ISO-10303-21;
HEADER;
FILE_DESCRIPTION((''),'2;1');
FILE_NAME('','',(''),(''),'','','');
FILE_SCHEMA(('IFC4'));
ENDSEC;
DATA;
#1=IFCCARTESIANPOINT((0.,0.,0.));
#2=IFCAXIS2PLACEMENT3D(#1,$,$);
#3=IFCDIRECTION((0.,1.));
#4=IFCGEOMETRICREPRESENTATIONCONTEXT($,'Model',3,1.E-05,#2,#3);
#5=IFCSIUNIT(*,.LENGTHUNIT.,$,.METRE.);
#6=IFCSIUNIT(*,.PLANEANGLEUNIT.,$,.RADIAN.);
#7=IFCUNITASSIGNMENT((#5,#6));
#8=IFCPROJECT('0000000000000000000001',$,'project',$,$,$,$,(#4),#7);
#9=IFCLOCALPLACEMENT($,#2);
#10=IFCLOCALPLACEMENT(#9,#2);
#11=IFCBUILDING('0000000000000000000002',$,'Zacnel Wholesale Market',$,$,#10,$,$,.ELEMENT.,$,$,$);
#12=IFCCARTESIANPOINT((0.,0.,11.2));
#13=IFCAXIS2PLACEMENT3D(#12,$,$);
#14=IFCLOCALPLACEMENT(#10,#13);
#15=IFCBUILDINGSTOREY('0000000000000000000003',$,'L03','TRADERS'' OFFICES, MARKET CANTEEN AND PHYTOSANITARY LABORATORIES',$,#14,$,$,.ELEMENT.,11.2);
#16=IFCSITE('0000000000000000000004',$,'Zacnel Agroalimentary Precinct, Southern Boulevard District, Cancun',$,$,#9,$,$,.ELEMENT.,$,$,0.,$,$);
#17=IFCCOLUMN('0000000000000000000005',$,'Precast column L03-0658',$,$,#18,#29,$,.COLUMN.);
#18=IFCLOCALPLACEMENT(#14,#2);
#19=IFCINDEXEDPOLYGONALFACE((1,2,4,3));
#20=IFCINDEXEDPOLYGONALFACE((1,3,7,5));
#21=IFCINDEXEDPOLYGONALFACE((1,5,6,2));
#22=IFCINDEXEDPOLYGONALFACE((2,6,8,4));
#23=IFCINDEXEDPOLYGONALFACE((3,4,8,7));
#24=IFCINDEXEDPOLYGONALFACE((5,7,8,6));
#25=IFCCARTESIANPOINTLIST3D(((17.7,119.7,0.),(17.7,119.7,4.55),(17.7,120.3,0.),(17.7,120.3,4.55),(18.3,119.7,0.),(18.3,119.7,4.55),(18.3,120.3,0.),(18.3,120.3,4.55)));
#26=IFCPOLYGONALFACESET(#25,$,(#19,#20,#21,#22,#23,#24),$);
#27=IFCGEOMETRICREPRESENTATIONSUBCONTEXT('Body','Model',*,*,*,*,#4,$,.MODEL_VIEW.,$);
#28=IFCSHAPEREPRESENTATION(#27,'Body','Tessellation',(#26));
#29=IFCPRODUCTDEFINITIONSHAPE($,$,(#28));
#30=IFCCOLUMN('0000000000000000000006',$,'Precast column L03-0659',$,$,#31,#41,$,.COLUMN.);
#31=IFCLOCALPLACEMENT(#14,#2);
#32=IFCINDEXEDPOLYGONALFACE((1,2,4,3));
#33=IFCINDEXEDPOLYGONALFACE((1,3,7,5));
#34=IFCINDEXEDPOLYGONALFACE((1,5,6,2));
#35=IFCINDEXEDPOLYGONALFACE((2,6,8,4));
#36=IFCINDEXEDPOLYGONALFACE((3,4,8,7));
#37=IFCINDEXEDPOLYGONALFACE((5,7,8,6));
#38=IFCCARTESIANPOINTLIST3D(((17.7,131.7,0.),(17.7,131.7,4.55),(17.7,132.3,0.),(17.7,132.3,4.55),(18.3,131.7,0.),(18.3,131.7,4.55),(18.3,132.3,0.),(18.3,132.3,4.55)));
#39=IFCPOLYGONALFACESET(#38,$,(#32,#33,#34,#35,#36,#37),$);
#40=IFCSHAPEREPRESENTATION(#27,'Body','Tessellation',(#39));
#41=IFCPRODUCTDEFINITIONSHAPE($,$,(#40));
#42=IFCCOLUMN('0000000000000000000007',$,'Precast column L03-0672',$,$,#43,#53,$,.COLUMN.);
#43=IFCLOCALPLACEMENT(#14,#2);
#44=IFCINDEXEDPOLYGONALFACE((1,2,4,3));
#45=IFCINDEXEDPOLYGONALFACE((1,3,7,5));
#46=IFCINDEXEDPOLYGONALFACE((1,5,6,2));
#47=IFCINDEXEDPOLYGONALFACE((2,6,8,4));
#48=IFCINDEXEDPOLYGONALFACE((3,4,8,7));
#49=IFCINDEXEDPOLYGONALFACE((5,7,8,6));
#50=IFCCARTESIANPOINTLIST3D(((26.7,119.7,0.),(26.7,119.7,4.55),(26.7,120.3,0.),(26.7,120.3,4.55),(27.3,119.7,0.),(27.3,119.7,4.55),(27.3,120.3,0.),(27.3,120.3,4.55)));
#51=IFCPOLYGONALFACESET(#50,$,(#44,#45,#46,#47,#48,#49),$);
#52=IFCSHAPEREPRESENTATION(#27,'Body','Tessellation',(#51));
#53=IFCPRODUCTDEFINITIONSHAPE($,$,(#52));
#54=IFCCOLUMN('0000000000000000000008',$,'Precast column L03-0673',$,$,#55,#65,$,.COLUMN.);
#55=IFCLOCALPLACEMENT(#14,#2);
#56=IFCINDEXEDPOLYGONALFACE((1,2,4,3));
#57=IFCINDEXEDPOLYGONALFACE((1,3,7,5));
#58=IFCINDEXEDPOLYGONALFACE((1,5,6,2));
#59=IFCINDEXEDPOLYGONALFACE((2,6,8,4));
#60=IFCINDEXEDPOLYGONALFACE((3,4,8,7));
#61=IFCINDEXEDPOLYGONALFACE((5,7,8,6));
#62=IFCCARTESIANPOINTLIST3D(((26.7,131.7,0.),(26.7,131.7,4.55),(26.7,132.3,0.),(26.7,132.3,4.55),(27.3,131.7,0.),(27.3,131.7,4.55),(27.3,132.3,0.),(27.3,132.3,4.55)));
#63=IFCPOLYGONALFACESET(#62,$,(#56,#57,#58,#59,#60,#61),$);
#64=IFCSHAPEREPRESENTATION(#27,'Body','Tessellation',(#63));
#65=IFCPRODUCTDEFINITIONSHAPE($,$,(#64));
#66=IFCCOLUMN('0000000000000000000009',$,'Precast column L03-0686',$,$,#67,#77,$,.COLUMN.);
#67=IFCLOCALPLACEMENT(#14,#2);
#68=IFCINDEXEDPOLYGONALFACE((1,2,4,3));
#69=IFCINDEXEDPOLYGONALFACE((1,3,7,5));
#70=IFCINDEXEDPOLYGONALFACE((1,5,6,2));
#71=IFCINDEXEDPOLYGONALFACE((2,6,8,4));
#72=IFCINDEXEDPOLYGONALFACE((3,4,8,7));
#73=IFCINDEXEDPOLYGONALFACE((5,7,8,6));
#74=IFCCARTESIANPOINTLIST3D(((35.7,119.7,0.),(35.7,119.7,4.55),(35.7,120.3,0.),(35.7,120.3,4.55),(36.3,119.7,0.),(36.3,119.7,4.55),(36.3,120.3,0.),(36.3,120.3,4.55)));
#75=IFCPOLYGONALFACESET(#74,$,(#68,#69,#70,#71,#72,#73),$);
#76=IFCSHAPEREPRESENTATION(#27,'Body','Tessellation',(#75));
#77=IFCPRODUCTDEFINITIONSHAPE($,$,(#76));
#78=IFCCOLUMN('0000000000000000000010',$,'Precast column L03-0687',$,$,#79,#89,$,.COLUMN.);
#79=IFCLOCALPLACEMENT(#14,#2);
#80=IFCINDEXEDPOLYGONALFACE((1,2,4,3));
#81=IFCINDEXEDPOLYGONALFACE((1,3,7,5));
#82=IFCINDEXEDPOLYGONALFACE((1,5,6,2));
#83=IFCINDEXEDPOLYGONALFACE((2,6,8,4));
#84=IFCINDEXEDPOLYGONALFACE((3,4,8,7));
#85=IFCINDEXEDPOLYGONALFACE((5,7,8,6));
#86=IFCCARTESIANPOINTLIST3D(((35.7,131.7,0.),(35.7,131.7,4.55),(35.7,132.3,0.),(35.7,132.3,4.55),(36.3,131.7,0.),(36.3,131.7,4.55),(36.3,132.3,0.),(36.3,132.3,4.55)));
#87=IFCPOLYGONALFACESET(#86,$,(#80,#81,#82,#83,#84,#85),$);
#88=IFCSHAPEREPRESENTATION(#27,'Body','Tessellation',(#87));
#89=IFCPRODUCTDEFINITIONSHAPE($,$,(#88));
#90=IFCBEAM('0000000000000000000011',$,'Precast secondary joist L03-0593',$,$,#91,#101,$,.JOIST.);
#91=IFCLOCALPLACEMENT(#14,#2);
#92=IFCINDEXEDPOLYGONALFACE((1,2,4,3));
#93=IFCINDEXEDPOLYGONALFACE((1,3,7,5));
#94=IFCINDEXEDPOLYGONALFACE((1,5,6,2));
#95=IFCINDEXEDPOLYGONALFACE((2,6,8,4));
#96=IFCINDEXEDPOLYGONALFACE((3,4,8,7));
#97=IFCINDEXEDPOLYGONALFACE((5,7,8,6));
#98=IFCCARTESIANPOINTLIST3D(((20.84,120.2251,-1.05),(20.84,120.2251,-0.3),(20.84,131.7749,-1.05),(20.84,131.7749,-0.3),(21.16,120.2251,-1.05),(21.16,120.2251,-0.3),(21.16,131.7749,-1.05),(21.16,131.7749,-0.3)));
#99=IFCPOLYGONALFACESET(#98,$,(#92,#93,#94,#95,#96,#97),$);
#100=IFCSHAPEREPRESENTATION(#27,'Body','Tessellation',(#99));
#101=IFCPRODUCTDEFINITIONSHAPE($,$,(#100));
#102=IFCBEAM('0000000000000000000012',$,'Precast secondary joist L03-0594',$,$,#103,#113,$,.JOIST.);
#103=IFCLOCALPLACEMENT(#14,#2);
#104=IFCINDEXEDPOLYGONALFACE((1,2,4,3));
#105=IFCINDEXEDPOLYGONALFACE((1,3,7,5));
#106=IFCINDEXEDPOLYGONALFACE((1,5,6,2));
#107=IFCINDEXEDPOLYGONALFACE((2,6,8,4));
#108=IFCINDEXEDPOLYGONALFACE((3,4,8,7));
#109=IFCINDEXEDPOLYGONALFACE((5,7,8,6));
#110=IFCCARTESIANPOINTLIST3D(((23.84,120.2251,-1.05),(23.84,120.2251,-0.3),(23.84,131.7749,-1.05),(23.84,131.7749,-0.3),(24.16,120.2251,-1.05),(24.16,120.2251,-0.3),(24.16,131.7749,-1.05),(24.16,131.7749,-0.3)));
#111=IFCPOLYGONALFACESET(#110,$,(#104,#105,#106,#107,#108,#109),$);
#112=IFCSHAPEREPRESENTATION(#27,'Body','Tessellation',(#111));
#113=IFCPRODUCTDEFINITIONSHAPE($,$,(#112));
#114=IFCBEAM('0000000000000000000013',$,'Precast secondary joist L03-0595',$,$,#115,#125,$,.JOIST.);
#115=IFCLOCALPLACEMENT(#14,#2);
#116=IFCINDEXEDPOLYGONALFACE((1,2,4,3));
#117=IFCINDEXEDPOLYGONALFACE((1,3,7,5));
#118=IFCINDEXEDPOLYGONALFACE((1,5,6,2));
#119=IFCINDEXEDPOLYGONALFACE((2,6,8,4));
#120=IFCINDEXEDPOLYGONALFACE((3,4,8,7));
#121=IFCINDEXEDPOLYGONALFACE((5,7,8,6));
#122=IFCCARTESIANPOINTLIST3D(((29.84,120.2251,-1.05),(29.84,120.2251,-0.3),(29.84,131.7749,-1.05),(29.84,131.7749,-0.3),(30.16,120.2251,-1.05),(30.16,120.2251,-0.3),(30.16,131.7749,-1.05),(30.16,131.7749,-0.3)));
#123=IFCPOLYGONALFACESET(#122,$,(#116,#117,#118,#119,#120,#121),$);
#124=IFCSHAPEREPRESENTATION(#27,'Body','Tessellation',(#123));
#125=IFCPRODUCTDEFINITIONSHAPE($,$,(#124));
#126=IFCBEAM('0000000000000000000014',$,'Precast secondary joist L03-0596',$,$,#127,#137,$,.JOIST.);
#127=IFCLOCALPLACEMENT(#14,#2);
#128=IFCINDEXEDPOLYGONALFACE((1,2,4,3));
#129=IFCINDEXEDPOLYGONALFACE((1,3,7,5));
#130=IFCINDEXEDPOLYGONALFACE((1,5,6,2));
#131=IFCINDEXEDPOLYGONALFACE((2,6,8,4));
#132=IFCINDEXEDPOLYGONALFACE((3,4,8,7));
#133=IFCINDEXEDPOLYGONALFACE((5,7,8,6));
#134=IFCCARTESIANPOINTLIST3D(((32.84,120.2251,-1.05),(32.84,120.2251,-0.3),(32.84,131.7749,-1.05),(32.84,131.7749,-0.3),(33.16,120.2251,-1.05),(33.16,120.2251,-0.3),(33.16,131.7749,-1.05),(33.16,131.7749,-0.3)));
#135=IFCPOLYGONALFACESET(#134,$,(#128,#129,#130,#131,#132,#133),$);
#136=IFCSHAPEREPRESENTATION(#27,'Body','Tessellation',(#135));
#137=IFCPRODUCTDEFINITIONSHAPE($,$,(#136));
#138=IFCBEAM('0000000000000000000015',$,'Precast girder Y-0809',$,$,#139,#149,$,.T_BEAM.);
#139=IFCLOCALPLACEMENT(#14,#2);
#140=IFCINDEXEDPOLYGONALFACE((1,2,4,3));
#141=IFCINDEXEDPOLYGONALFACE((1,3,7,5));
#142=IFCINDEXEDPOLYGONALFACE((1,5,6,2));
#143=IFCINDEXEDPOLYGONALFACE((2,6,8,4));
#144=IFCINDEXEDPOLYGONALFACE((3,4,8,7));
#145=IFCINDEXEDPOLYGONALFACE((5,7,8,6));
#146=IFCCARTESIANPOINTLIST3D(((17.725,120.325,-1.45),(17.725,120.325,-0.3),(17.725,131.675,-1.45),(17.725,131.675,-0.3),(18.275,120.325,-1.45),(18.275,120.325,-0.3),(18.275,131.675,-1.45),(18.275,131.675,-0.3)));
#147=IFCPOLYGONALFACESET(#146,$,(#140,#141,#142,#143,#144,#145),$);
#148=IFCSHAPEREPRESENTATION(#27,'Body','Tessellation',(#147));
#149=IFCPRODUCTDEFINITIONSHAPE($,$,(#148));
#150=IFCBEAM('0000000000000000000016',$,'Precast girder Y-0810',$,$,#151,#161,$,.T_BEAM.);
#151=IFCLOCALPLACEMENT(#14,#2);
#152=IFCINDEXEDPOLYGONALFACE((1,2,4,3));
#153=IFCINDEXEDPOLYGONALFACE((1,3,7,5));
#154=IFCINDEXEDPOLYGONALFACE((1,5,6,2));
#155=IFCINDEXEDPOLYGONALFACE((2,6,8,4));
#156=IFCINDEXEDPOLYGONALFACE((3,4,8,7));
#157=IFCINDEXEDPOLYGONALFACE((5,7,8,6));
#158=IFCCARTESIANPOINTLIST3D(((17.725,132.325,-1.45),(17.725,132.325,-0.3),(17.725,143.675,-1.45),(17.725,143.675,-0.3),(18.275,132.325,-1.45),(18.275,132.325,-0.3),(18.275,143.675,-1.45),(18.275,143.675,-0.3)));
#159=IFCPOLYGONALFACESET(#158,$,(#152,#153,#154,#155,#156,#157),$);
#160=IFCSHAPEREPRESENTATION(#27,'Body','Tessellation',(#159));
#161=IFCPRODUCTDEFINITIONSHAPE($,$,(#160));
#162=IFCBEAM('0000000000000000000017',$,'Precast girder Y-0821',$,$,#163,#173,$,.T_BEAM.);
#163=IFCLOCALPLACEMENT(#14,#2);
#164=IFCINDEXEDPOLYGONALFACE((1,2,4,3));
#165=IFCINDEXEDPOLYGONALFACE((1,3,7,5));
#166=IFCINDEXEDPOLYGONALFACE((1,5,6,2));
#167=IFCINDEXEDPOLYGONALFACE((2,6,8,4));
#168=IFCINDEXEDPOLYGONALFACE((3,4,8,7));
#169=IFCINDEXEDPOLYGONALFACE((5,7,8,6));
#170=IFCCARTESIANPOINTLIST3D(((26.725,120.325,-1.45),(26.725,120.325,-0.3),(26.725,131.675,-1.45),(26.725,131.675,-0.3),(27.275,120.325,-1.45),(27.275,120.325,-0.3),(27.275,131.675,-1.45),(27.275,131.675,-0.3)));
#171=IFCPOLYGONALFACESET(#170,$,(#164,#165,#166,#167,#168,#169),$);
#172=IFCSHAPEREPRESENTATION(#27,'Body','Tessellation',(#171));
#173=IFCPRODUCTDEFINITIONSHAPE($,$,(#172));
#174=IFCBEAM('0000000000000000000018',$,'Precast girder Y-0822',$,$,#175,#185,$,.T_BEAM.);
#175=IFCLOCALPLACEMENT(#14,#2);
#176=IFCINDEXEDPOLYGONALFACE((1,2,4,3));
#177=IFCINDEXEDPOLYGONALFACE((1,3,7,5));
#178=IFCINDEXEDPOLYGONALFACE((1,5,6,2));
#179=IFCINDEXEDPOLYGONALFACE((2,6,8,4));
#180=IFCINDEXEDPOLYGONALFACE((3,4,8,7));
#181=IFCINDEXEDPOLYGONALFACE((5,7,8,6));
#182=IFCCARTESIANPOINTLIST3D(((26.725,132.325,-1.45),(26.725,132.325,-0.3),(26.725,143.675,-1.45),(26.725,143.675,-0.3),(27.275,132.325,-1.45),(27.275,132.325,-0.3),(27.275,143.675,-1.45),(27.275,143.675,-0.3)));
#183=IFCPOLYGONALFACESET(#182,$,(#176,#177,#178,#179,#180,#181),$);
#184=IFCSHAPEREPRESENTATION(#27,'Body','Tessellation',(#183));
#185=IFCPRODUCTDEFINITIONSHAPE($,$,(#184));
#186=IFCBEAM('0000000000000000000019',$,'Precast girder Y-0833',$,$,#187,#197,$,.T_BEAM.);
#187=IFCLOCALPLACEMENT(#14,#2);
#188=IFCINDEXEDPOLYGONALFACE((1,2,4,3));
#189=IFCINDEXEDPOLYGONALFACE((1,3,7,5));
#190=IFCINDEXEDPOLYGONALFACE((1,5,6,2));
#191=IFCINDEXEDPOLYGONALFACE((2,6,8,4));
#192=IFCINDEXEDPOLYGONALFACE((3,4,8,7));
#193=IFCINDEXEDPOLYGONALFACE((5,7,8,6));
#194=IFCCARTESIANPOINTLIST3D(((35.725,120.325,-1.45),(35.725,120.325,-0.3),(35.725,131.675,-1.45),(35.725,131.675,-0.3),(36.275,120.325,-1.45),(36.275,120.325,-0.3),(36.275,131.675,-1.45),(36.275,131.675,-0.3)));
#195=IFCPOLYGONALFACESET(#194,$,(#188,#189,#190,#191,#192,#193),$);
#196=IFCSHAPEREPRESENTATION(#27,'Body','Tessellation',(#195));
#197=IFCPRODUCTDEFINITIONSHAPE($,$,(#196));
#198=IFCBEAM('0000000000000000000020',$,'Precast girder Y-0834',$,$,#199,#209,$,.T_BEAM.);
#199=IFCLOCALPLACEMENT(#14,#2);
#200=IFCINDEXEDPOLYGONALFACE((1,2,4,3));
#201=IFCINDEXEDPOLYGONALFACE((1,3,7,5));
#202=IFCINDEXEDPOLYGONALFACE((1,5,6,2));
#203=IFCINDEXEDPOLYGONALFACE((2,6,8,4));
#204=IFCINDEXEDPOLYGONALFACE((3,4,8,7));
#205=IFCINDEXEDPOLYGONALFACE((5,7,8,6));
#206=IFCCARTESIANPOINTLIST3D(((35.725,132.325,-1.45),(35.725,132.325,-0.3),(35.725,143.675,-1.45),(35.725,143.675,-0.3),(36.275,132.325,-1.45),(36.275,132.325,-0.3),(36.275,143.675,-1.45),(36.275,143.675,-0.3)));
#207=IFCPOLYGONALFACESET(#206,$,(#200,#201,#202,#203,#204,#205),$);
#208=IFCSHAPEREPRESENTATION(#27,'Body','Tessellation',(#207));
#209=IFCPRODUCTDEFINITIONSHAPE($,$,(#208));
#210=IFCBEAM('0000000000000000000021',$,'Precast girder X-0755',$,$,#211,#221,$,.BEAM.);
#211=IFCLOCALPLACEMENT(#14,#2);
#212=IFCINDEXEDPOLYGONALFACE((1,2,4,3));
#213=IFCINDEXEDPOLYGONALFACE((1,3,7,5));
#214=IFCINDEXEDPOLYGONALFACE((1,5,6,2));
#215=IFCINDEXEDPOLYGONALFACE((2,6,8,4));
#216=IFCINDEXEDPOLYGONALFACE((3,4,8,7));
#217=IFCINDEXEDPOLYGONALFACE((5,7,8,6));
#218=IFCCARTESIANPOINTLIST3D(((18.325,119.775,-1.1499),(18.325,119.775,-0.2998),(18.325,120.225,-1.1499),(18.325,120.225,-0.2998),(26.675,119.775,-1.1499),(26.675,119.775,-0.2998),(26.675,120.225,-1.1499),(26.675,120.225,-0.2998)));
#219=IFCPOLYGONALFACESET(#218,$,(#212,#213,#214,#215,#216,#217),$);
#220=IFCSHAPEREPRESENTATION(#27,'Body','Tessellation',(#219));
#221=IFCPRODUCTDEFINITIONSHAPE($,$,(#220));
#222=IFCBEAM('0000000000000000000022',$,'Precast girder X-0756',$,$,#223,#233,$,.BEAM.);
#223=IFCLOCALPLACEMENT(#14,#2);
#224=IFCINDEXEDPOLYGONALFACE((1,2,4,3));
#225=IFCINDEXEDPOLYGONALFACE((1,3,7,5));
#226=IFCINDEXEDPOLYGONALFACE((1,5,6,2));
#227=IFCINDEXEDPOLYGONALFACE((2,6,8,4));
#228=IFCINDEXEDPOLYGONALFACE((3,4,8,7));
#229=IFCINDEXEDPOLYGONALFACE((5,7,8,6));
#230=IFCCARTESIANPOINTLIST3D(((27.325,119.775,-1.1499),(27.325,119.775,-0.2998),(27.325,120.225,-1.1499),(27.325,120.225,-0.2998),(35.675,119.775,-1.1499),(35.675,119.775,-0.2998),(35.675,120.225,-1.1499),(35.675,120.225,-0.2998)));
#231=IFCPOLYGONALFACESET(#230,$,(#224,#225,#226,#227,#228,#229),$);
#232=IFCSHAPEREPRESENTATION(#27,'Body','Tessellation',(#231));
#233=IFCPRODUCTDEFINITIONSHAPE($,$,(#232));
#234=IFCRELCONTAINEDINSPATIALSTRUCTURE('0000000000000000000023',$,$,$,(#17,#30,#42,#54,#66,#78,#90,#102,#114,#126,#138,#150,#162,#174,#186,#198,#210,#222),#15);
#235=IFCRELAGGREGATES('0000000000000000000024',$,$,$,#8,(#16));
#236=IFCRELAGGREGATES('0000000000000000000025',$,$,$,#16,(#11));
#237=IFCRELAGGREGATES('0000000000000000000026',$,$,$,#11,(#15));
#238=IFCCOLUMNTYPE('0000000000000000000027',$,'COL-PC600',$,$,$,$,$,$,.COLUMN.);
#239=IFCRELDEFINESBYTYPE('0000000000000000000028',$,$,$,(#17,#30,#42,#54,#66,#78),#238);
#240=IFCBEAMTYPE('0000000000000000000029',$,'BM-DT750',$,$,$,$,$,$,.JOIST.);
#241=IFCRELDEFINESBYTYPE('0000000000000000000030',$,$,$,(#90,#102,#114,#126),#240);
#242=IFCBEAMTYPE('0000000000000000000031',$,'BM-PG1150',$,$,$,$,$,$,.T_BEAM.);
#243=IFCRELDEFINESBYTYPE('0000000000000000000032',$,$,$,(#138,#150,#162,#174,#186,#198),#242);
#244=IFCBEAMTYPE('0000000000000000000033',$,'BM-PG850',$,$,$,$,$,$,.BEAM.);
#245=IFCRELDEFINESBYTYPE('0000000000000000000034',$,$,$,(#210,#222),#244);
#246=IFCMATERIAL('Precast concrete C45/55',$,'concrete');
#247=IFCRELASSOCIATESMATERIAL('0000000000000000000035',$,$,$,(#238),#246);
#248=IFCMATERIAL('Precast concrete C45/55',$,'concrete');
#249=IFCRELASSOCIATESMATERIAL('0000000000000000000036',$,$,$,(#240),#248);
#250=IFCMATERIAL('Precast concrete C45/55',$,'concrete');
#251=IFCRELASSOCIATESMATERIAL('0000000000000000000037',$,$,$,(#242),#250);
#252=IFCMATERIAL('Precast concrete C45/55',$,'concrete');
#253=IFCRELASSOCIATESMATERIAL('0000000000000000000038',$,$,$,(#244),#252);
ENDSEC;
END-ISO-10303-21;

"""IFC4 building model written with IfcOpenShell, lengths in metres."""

from ifc_helpers import new_model, si_unit, direction, frame, origin, origin_2d, place, context, subcontext, project, spatial, rectangle, extrude, material, material_profile, profile_set, type_object, element, save


model = new_model("IFC4")

# Units and contexts
model_context = context("Model", 3, precision=1e-05, world=origin(), true_north=direction((0.0, 1.0)))
body_context = subcontext(model_context, "Body", "Model", "MODEL_VIEW")
ifc_project = project(units=[si_unit("LENGTHUNIT", "METRE"), si_unit("PLANEANGLEUNIT", "RADIAN")], contexts=[model_context])

# Site, building, storey
site_placement = place(None, origin())
site = spatial("IfcSite", under=ifc_project, at=site_placement, Name="Zacnel Agroalimentary Precinct, Southern Boulevard District, Cancun", CompositionType="ELEMENT", RefElevation=0.0)
building_placement = place(site_placement, origin())
building = spatial("IfcBuilding", under=site, at=building_placement, Name="Zacnel Wholesale Market", CompositionType="ELEMENT")
storey_placement = place(building_placement, frame((0.0, 0.0, 11.2)))
storey = spatial("IfcBuildingStorey", under=building, at=storey_placement, Name="L03", Description="TRADERS' OFFICES, MARKET CANTEEN AND PHYTOSANITARY LABORATORIES", CompositionType="ELEMENT", Elevation=11.2)

# Columns
ifc_material_1 = material(Name="Precast concrete C45/55", Category="concrete")
ifc_material_profile_1 = material_profile(ifc_material_1, rectangle(XDim=0.6001, YDim=0.6001, at=origin_2d()), Name="PC 600x600")
ifc_profile_set_1 = profile_set([ifc_material_profile_1], Name="Precast concrete C45/55")
column_type = type_object("IfcColumnType", Name="COL-PC600", PredefinedType="COLUMN", material=ifc_profile_set_1)
for number, where, z_axis, x_axis, name in (
    (1, (18.0, 120.0, 0.0), (0.0, 0.0, 1.0), (1.0, 0.0, 0.0), "Precast column L03-0658"),
    (2, (18.0, 132.0, 0.0), (0.0, 0.0, 1.0), (1.0, 0.0, 0.0), "Precast column L03-0659"),
    (3, (27.0, 120.0, 0.0), (0.0, 0.0, 1.0), (1.0, 0.0, 0.0), "Precast column L03-0672"),
    (4, (27.0, 132.0, 0.0), (0.0, 0.0, 1.0), (1.0, 0.0, 0.0), "Precast column L03-0673"),
    (5, (36.0, 120.0, 0.0), (0.0, 0.0, 1.0), (1.0, 0.0, 0.0), "Precast column L03-0686"),
    (6, (36.0, 132.0, 0.0), (0.0, 0.0, 1.0), (1.0, 0.0, 0.0), "Precast column L03-0687"),
):
    element("IfcColumn", number, at=place(storey_placement, frame(where, z_axis=z_axis, x_axis=x_axis)), inside=storey, type_object=column_type, Name=name, PredefinedType="COLUMN", context=body_context, shape_type="SweptSolid", body=[
        extrude(rectangle(XDim=0.6001, YDim=0.6001, at=origin_2d()), origin(), (0.0, 0.0, 1.0), 4.55),
    ])

# Beams
ifc_material_2 = material(Name="Precast concrete C45/55", Category="concrete")
ifc_material_profile_2 = material_profile(ifc_material_2, rectangle(XDim=0.3201, YDim=0.75, at=origin_2d()), Name="DT RIB 320x750")
ifc_profile_set_2 = profile_set([ifc_material_profile_2], Name="Precast concrete C45/55")
beam_type_1 = type_object("IfcBeamType", Name="BM-DT750", PredefinedType="JOIST", material=ifc_profile_set_2)
for number, where, z_axis, x_axis, name in (
    (7, (21.0, 120.2251, -0.675), (0.0, 1.0, 0.0), (-1.0, 0.0, 0.0), "Precast secondary joist L03-0593"),
    (8, (24.0, 120.2251, -0.675), (0.0, 1.0, 0.0), (-1.0, 0.0, 0.0), "Precast secondary joist L03-0594"),
    (9, (30.0, 120.2251, -0.675), (0.0, 1.0, 0.0), (-1.0, 0.0, 0.0), "Precast secondary joist L03-0595"),
    (10, (33.0, 120.2251, -0.675), (0.0, 1.0, 0.0), (-1.0, 0.0, 0.0), "Precast secondary joist L03-0596"),
):
    element("IfcBeam", number, at=place(storey_placement, frame(where, z_axis=z_axis, x_axis=x_axis)), inside=storey, type_object=beam_type_1, Name=name, PredefinedType="JOIST", context=body_context, shape_type="SweptSolid", body=[
        extrude(rectangle(XDim=0.3201, YDim=0.75, at=origin_2d()), origin(), (0.0, 0.0, 1.0), 11.5498),
    ])
ifc_material_3 = material(Name="Precast concrete C45/55", Category="concrete")
ifc_material_profile_3 = material_profile(ifc_material_3, rectangle(XDim=0.55, YDim=1.1499, at=origin_2d()), Name="PG 550x1150")
ifc_profile_set_3 = profile_set([ifc_material_profile_3], Name="Precast concrete C45/55")
beam_type_2 = type_object("IfcBeamType", Name="BM-PG1150", PredefinedType="T_BEAM", material=ifc_profile_set_3)
for number, where, z_axis, x_axis, name in (
    (11, (18.0, 120.325, -0.875), (0.0, 1.0, 0.0), (-1.0, 0.0, 0.0), "Precast girder Y-0809"),
    (12, (18.0, 132.325, -0.875), (0.0, 1.0, 0.0), (-1.0, 0.0, 0.0), "Precast girder Y-0810"),
    (13, (27.0, 120.325, -0.875), (0.0, 1.0, 0.0), (-1.0, 0.0, 0.0), "Precast girder Y-0821"),
    (14, (27.0, 132.325, -0.875), (0.0, 1.0, 0.0), (-1.0, 0.0, 0.0), "Precast girder Y-0822"),
    (15, (36.0, 120.325, -0.875), (0.0, 1.0, 0.0), (-1.0, 0.0, 0.0), "Precast girder Y-0833"),
    (16, (36.0, 132.325, -0.875), (0.0, 1.0, 0.0), (-1.0, 0.0, 0.0), "Precast girder Y-0834"),
):
    element("IfcBeam", number, at=place(storey_placement, frame(where, z_axis=z_axis, x_axis=x_axis)), inside=storey, type_object=beam_type_2, Name=name, PredefinedType="T_BEAM", context=body_context, shape_type="SweptSolid", body=[
        extrude(rectangle(XDim=0.55, YDim=1.1499, at=origin_2d()), origin(), (0.0, 0.0, 1.0), 11.3501),
    ])
ifc_material_4 = material(Name="Precast concrete C45/55", Category="concrete")
ifc_material_profile_4 = material_profile(ifc_material_4, rectangle(XDim=0.45, YDim=0.8501, at=origin_2d()), Name="PG 450x850")
ifc_profile_set_4 = profile_set([ifc_material_profile_4], Name="Precast concrete C45/55")
beam_type_3 = type_object("IfcBeamType", Name="BM-PG850", PredefinedType="BEAM", material=ifc_profile_set_4)
for number, where, z_axis, x_axis, name in (
    (17, (18.325, 120.0, -0.7249), (1.0, 0.0, 0.0), (0.0, 1.0, 0.0), "Precast girder X-0755"),
    (18, (27.325, 120.0, -0.7249), (1.0, 0.0, 0.0), (0.0, 1.0, 0.0), "Precast girder X-0756"),
):
    element("IfcBeam", number, at=place(storey_placement, frame(where, z_axis=z_axis, x_axis=x_axis)), inside=storey, type_object=beam_type_3, Name=name, PredefinedType="BEAM", context=body_context, shape_type="SweptSolid", body=[
        extrude(rectangle(XDim=0.45, YDim=0.8501, at=origin_2d()), origin(), (0.0, 0.0, 1.0), 8.3501),
    ])

save(model, "model.ifc")
